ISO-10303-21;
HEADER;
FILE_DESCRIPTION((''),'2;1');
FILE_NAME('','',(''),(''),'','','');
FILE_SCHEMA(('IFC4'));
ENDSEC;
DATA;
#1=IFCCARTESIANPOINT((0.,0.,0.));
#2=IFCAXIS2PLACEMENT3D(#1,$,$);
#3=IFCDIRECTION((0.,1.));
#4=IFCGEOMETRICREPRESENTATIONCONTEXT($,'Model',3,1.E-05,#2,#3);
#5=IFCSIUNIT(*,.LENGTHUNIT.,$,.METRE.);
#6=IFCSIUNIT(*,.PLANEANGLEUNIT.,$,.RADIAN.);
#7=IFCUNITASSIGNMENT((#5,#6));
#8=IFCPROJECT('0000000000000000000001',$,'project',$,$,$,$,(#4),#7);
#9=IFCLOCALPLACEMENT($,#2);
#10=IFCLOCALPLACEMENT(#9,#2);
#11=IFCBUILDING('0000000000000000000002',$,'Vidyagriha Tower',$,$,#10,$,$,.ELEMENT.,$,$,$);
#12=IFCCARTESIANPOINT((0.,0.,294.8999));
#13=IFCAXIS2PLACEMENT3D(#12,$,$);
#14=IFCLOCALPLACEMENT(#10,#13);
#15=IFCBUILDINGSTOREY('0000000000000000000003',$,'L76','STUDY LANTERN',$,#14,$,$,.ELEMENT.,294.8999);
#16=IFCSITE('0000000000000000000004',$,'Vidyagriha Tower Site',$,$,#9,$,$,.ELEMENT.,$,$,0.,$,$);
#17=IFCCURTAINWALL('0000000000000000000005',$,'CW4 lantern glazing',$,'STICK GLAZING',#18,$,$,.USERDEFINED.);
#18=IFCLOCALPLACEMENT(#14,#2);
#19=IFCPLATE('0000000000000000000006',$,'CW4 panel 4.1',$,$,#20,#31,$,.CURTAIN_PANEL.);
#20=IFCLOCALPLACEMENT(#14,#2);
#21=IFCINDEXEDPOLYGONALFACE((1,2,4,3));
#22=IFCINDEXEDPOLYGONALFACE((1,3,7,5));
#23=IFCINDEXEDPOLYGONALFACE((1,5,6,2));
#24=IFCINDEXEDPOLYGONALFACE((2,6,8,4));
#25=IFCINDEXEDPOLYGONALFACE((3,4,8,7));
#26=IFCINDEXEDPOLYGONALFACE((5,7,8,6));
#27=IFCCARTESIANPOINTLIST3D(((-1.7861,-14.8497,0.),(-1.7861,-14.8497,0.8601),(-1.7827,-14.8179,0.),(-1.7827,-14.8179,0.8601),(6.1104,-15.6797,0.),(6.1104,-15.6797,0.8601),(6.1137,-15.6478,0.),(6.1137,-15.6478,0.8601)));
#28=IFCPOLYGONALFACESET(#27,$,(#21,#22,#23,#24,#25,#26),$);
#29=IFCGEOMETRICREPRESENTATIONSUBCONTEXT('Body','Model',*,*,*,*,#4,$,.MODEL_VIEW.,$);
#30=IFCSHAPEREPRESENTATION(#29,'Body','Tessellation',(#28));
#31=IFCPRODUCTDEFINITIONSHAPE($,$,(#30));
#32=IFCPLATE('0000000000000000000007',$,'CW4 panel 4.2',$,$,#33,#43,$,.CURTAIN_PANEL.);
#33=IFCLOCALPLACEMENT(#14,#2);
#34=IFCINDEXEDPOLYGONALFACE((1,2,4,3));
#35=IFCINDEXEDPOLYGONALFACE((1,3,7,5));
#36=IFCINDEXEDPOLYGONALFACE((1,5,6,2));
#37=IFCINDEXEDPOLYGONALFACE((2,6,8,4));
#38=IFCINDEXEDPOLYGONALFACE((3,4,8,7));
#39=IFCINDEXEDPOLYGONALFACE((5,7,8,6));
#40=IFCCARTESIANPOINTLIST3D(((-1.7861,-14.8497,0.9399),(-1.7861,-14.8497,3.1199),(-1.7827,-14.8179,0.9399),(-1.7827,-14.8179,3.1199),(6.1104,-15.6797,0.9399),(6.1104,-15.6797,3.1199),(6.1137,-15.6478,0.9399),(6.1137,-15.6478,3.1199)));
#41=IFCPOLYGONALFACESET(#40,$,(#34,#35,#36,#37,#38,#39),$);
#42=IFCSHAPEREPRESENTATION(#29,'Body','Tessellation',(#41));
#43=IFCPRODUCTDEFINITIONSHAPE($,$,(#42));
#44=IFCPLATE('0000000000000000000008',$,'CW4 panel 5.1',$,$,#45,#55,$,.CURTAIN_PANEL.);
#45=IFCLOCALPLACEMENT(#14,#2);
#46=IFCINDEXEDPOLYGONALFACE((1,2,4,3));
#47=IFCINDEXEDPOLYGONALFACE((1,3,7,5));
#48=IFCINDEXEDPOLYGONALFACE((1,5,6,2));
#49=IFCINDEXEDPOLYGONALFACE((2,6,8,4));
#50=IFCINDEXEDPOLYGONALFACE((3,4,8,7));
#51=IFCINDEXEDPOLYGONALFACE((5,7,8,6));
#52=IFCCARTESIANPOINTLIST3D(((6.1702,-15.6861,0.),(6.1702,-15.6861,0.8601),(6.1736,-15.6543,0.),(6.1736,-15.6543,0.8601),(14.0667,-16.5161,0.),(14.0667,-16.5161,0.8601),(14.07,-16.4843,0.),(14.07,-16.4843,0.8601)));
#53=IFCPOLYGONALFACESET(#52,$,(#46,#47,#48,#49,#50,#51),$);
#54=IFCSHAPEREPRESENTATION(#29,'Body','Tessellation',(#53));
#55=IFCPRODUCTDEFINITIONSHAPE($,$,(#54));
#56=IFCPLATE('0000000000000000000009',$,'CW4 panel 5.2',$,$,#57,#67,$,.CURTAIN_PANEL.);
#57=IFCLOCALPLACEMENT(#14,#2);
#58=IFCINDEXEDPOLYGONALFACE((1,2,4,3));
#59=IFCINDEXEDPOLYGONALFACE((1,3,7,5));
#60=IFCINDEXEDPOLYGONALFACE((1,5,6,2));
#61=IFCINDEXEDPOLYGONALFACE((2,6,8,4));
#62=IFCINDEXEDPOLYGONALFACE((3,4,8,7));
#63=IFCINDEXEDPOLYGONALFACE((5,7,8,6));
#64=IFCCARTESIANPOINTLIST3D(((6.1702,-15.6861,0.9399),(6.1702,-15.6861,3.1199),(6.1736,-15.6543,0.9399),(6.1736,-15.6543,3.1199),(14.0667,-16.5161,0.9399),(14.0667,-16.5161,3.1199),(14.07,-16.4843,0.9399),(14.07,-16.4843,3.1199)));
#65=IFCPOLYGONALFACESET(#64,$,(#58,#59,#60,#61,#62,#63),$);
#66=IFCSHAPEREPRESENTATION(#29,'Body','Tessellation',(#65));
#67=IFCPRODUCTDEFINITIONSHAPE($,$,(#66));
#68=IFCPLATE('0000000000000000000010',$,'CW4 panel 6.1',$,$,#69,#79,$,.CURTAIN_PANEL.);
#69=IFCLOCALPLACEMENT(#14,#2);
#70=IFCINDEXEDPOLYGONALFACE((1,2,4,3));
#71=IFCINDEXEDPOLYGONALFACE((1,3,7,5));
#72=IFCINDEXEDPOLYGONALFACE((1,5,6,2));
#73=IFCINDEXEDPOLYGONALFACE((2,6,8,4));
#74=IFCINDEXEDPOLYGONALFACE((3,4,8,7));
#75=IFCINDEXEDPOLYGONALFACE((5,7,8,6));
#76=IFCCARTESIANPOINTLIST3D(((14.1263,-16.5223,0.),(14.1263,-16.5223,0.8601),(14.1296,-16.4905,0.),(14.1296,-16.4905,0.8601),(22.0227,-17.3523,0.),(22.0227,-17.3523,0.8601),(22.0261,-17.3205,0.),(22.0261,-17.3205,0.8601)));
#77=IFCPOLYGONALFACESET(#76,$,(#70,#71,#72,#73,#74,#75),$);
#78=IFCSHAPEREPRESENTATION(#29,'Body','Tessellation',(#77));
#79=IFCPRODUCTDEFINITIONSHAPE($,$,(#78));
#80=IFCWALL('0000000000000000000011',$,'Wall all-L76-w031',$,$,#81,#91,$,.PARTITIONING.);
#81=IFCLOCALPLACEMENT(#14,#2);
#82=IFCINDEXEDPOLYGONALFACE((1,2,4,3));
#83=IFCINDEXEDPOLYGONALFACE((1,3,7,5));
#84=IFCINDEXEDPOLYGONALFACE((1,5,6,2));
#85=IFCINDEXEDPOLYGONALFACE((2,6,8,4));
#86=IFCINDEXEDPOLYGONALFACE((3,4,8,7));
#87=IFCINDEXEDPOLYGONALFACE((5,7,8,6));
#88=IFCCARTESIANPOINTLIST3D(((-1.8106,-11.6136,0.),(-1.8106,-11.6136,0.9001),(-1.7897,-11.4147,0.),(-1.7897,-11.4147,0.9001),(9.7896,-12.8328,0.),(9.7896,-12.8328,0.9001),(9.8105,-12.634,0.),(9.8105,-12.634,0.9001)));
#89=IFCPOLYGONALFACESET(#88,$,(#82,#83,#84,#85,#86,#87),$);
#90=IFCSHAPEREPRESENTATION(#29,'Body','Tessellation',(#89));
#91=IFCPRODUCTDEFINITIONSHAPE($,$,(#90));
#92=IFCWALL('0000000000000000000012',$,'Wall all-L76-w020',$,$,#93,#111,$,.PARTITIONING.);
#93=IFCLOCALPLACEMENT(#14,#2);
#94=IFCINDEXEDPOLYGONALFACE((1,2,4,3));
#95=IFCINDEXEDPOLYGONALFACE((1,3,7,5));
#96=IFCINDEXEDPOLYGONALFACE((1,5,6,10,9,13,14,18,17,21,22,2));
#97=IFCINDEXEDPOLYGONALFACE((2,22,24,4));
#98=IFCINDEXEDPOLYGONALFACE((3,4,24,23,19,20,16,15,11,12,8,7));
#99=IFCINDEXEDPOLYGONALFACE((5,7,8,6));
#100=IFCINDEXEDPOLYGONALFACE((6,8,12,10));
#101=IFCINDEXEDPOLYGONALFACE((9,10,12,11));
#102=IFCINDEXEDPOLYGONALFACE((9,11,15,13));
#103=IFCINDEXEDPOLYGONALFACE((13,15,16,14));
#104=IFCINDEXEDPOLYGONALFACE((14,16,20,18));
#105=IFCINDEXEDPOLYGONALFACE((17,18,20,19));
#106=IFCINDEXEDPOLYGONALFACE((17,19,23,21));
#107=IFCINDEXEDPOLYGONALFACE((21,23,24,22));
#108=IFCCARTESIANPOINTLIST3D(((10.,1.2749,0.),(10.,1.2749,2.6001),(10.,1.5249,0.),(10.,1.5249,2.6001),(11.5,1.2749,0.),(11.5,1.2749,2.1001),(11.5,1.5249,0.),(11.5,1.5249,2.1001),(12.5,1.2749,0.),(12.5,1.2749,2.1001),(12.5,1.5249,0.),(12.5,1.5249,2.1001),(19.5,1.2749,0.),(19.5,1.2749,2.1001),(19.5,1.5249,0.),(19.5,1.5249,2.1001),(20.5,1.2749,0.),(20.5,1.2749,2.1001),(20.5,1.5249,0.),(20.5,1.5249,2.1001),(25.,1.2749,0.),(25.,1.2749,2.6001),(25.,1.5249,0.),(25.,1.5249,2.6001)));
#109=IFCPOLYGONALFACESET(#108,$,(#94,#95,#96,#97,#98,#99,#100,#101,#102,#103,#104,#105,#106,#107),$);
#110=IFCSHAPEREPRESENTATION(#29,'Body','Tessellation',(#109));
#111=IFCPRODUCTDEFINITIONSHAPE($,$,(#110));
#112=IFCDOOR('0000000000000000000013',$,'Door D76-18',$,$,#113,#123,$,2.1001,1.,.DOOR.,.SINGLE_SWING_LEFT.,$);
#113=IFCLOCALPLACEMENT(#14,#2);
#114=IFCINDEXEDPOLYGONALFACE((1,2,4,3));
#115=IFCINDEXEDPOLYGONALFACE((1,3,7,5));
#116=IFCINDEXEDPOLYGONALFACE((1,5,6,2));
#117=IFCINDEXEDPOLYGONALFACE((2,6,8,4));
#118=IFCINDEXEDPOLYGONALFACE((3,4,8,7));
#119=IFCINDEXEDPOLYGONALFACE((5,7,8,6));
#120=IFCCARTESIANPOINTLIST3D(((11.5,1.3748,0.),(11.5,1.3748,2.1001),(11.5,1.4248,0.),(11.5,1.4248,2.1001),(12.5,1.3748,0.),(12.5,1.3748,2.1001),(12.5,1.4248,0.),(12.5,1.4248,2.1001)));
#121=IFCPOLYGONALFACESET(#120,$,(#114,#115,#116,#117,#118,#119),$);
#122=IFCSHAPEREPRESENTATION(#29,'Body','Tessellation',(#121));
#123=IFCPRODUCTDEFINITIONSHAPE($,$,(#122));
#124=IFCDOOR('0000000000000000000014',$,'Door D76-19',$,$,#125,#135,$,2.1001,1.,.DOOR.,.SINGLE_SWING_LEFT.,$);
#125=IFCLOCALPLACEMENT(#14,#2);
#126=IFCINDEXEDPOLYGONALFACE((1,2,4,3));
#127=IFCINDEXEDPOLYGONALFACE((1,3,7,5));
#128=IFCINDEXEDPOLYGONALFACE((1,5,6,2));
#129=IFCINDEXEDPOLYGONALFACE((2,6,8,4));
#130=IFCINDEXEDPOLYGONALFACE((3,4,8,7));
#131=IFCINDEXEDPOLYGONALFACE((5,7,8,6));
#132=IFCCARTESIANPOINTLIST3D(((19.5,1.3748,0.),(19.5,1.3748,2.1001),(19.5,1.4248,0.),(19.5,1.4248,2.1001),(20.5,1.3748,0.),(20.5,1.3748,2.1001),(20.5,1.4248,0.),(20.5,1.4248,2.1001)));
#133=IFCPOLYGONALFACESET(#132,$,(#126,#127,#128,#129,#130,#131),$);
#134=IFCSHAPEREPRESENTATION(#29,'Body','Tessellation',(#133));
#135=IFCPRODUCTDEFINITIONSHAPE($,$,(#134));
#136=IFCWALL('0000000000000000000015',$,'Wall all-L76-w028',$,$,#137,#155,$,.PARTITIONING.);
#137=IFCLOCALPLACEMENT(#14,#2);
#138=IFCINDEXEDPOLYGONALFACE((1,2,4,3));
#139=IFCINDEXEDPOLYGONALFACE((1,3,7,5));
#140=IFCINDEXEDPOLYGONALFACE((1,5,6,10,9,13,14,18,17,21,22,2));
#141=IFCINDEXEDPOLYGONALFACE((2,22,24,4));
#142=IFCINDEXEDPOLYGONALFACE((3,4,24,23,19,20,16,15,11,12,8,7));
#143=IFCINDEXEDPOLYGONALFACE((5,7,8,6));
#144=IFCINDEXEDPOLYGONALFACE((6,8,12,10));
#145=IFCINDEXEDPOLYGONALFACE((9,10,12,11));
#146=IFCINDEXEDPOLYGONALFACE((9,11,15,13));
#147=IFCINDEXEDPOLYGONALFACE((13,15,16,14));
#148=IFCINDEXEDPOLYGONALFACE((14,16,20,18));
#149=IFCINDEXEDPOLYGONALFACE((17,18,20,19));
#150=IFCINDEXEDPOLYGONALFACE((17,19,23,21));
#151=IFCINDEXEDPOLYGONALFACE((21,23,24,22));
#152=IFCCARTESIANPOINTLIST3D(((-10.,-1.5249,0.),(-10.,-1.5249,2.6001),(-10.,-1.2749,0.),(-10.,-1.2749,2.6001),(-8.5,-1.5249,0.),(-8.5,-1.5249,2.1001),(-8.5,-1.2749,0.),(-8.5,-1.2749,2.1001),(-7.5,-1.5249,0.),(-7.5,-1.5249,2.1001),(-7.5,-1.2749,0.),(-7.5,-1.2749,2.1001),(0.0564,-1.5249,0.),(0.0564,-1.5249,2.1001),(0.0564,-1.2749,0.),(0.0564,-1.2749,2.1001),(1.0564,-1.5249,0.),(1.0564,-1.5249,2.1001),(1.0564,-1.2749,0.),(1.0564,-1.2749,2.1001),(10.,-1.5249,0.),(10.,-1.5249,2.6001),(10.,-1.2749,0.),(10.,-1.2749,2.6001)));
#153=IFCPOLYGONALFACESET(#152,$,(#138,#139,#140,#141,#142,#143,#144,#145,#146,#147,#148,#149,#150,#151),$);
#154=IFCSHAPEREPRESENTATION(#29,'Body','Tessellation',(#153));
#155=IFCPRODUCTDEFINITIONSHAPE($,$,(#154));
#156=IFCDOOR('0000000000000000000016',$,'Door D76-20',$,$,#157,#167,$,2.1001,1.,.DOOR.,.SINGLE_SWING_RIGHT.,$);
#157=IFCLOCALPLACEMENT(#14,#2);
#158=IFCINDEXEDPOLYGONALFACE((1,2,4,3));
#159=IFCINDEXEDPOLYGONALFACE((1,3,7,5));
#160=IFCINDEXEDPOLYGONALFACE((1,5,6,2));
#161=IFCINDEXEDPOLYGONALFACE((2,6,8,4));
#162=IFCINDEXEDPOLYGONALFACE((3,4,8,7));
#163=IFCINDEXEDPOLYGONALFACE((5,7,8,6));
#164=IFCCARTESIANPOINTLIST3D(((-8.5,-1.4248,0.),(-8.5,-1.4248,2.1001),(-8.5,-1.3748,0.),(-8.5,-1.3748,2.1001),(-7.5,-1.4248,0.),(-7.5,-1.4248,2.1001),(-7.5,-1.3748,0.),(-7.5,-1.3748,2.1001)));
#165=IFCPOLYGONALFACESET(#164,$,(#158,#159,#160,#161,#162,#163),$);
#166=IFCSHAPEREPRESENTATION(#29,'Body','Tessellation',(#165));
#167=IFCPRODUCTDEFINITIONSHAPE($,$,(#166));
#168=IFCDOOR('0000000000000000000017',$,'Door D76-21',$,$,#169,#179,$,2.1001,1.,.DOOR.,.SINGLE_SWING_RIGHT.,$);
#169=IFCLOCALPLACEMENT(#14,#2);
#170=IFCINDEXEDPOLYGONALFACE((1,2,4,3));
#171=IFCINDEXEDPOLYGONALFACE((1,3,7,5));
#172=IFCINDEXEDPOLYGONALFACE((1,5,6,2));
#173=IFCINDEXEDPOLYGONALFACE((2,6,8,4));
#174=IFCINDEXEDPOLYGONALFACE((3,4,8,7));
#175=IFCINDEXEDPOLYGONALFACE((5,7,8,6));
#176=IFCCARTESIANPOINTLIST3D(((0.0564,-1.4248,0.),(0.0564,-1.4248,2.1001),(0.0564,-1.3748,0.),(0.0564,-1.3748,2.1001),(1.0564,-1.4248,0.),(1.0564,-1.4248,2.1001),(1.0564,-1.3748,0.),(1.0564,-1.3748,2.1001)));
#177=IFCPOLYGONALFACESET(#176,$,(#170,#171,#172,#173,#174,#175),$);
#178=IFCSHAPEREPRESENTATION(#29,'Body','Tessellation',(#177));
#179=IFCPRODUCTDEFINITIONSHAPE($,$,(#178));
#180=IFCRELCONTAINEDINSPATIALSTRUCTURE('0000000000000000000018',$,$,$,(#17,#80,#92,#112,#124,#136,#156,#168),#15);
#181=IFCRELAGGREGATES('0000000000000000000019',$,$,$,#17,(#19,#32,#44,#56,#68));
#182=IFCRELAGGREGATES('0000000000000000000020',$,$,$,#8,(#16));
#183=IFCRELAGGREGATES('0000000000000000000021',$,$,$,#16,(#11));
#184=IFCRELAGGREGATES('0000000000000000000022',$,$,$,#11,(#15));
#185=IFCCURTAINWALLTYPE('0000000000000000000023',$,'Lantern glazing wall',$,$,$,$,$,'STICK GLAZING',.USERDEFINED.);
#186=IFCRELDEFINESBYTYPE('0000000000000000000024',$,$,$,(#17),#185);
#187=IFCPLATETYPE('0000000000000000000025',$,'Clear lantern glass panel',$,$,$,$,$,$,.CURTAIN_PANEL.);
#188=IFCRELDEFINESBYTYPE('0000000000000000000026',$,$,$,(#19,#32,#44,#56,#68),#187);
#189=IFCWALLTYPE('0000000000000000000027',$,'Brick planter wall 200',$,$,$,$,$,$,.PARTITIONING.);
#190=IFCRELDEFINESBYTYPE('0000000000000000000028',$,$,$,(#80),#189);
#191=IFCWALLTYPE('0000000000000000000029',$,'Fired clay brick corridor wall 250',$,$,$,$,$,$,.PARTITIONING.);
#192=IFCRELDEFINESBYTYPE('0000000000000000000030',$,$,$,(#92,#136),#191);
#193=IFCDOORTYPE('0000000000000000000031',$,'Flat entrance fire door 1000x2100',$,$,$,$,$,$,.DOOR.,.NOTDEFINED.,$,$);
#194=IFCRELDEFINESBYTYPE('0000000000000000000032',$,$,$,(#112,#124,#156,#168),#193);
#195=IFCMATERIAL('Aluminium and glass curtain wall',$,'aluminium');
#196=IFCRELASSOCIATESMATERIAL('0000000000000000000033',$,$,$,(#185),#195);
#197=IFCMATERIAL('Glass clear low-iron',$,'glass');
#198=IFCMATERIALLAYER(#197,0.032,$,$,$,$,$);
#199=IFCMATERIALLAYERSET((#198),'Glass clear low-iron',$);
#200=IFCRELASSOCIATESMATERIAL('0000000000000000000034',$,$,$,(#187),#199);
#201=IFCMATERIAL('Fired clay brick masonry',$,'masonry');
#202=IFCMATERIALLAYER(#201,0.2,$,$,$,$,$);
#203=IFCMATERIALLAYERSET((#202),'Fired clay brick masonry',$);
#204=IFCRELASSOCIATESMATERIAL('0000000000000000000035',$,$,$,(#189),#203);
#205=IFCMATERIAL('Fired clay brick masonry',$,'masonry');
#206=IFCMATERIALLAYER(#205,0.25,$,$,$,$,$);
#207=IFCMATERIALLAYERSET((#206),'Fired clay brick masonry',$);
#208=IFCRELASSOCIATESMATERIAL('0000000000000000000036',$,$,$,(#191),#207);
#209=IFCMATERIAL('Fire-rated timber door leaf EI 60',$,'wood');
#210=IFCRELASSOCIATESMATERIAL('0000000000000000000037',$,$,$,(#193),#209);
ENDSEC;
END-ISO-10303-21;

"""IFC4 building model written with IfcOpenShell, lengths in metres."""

from ifc_helpers import new_model, si_unit, direction, frame, frame_2d, origin, origin_2d, place, context, subcontext, project, spatial, rectangle, extrude, material, layer, layer_set, type_object, element, fill, aggregate, save


model = new_model("IFC4")

# Units and contexts
model_context = context("Model", 3, precision=1e-05, world=origin(), true_north=direction((0.0, 1.0)))
body_context = subcontext(model_context, "Body", "Model", "MODEL_VIEW")
ifc_project = project(units=[si_unit("LENGTHUNIT", "METRE"), si_unit("PLANEANGLEUNIT", "RADIAN")], contexts=[model_context])

# Site, building, storey
site_placement = place(None, origin())
site = spatial("IfcSite", under=ifc_project, at=site_placement, Name="Vidyagriha Tower Site", CompositionType="ELEMENT", RefElevation=0.0)
building_placement = place(site_placement, origin())
building = spatial("IfcBuilding", under=site, at=building_placement, Name="Vidyagriha Tower", CompositionType="ELEMENT")
storey_placement = place(building_placement, frame((0.0, 0.0, 294.8999)))
storey = spatial("IfcBuildingStorey", under=building, at=storey_placement, Name="L76", Description="STUDY LANTERN", CompositionType="ELEMENT", Elevation=294.8999)

# Curtain wall, plates
ifc_material_1 = material(Name="Aluminium and glass curtain wall", Category="aluminium")
curtain_wall_type = type_object("IfcCurtainWallType", Name="Lantern glazing wall", ElementType="STICK GLAZING", PredefinedType="USERDEFINED", material=ifc_material_1)
curtain_wall_placement = place(storey_placement, origin())
curtain_wall = element("IfcCurtainWall", 1, at=curtain_wall_placement, inside=storey, type_object=curtain_wall_type, Name="CW4 lantern glazing", ObjectType="STICK GLAZING", PredefinedType="USERDEFINED")
ifc_material_2 = material(Name="Glass clear low-iron", Category="glass")
ifc_layer_1 = layer(ifc_material_2, 0.032)
ifc_layer_set_1 = layer_set([ifc_layer_1], Name="Glass clear low-iron")
plate_type = type_object("IfcPlateType", Name="Clear lantern glass panel", PredefinedType="CURTAIN_PANEL", material=ifc_layer_set_1)
plate_1_placement = place(storey_placement, frame((2.1638, -15.2488, 0.0), z_axis=(0.0, 0.0, 1.0), x_axis=(0.994522, -0.104528, 0.0)))
plate_1 = element("IfcPlate", 2, at=plate_1_placement, type_object=plate_type, Name="CW4 panel 4.1", PredefinedType="CURTAIN_PANEL", context=body_context, shape_type="SweptSolid", body=[
    extrude(rectangle(XDim=7.9399, YDim=0.032, at=origin_2d()), origin(), (0.0, 0.0, 1.0), 0.8601),
])
plate_2_placement = place(storey_placement, frame((2.1638, -15.2488, 0.9399), z_axis=(0.0, 0.0, 1.0), x_axis=(0.994522, -0.104528, 0.0)))
plate_2 = element("IfcPlate", 3, at=plate_2_placement, type_object=plate_type, Name="CW4 panel 4.2", PredefinedType="CURTAIN_PANEL", context=body_context, shape_type="SweptSolid", body=[
    extrude(rectangle(XDim=7.9399, YDim=0.032, at=origin_2d()), origin(), (0.0, 0.0, 1.0), 2.1799),
])
plate_3_placement = place(storey_placement, frame((10.1201, -16.0852, 0.0), z_axis=(0.0, 0.0, 1.0), x_axis=(0.994522, -0.104528, 0.0)))
plate_3 = element("IfcPlate", 4, at=plate_3_placement, type_object=plate_type, Name="CW4 panel 5.1", PredefinedType="CURTAIN_PANEL", context=body_context, shape_type="SweptSolid", body=[
    extrude(rectangle(XDim=7.9399, YDim=0.032, at=origin_2d()), origin(), (0.0, 0.0, 1.0), 0.8601),
])
plate_4_placement = place(storey_placement, frame((10.1201, -16.0852, 0.9399), z_axis=(0.0, 0.0, 1.0), x_axis=(0.994522, -0.104528, 0.0)))
plate_4 = element("IfcPlate", 5, at=plate_4_placement, type_object=plate_type, Name="CW4 panel 5.2", PredefinedType="CURTAIN_PANEL", context=body_context, shape_type="SweptSolid", body=[
    extrude(rectangle(XDim=7.9399, YDim=0.032, at=origin_2d()), origin(), (0.0, 0.0, 1.0), 2.1799),
])
plate_5_placement = place(storey_placement, frame((18.0762, -16.9214, 0.0), z_axis=(0.0, 0.0, 1.0), x_axis=(0.994522, -0.104528, 0.0)))
plate_5 = element("IfcPlate", 6, at=plate_5_placement, type_object=plate_type, Name="CW4 panel 6.1", PredefinedType="CURTAIN_PANEL", context=body_context, shape_type="SweptSolid", body=[
    extrude(rectangle(XDim=7.9399, YDim=0.032, at=origin_2d()), origin(), (0.0, 0.0, 1.0), 0.8601),
])
aggregate(curtain_wall, [plate_1, plate_2, plate_3, plate_4, plate_5])

# Wall
ifc_material_3 = material(Name="Fired clay brick masonry", Category="masonry")
ifc_layer_2 = layer(ifc_material_3, 0.2)
ifc_layer_set_2 = layer_set([ifc_layer_2], Name="Fired clay brick masonry")
wall_type_1 = type_object("IfcWallType", Name="Brick planter wall 200", PredefinedType="PARTITIONING", material=ifc_layer_set_2)
wall_1_placement = place(storey_placement, frame((9.8, -12.7334, 0.0), z_axis=(0.0, 0.0, 1.0), x_axis=(-0.994522, 0.10453, 0.0)))
element("IfcWall", 7, at=wall_1_placement, inside=storey, type_object=wall_type_1, Name="Wall all-L76-w031", PredefinedType="PARTITIONING", context=body_context, shape_type="SweptSolid", body=[
    extrude(rectangle(XDim=11.6641, YDim=0.2, at=frame_2d((5.832, 0.0))), origin(), (0.0, 0.0, 1.0), 0.9001),
])

# Walls, openings, doors
ifc_material_4 = material(Name="Fired clay brick masonry", Category="masonry")
ifc_layer_3 = layer(ifc_material_4, 0.25)
ifc_layer_set_3 = layer_set([ifc_layer_3], Name="Fired clay brick masonry")
wall_type_2 = type_object("IfcWallType", Name="Fired clay brick corridor wall 250", PredefinedType="PARTITIONING", material=ifc_layer_set_3)
wall_2_placement = place(storey_placement, frame((10.0, 1.3999, 0.0)))
wall_2 = element("IfcWall", 8, at=wall_2_placement, inside=storey, type_object=wall_type_2, Name="Wall all-L76-w020", PredefinedType="PARTITIONING", context=body_context, shape_type="SweptSolid", body=[
    extrude(rectangle(XDim=15.0, YDim=0.25, at=frame_2d((7.5, 0.0))), origin(), (0.0, 0.0, 1.0), 2.6001),
])
opening_1_placement = place(wall_2_placement, frame((1.5, 0.0, 0.0)))
opening_1 = element("IfcOpeningElement", 9, at=opening_1_placement, cuts=wall_2, PredefinedType="OPENING", context=body_context, shape_type="SweptSolid", body=[
    extrude(rectangle(XDim=1.0, YDim=2.1001, at=frame_2d((0.5, 1.05))), frame((0.0, 0.135, 0.0), z_axis=(0.0, -1.0, 0.0), x_axis=(1.0, 0.0, 0.0)), (0.0, 0.0, 1.0), 0.27),
])
opening_2_placement = place(wall_2_placement, frame((9.5, 0.0, 0.0)))
opening_2 = element("IfcOpeningElement", 10, at=opening_2_placement, cuts=wall_2, PredefinedType="OPENING", context=body_context, shape_type="SweptSolid", body=[
    extrude(rectangle(XDim=1.0, YDim=2.1001, at=frame_2d((0.5, 1.05))), frame((0.0, 0.135, 0.0), z_axis=(0.0, -1.0, 0.0), x_axis=(1.0, 0.0, 0.0)), (0.0, 0.0, 1.0), 0.27),
])
ifc_material_5 = material(Name="Fire-rated timber door leaf EI 60", Category="wood")
door_type = type_object("IfcDoorType", Name="Flat entrance fire door 1000x2100", OperationType="NOTDEFINED", PredefinedType="DOOR", material=ifc_material_5)
door_1_placement = place(opening_1_placement, origin())
door_1 = element("IfcDoor", 11, at=door_1_placement, inside=storey, type_object=door_type, Name="Door D76-18", OperationType="SINGLE_SWING_LEFT", OverallHeight=2.1001, OverallWidth=1.0, PredefinedType="DOOR", context=body_context, shape_type="SweptSolid", body=[
    extrude(rectangle(XDim=1.0, YDim=2.1001, at=frame_2d((0.5, 1.05))), frame((0.0, 0.0249, 0.0), z_axis=(0.0, -1.0, 0.0), x_axis=(1.0, 0.0, 0.0)), (0.0, 0.0, 1.0), 0.05),
])
fill(opening_1, door_1)
door_2_placement = place(opening_2_placement, origin())
door_2 = element("IfcDoor", 12, at=door_2_placement, inside=storey, type_object=door_type, Name="Door D76-19", OperationType="SINGLE_SWING_LEFT", OverallHeight=2.1001, OverallWidth=1.0, PredefinedType="DOOR", context=body_context, shape_type="SweptSolid", body=[
    extrude(rectangle(XDim=1.0, YDim=2.1001, at=frame_2d((0.5, 1.05))), frame((0.0, 0.0249, 0.0), z_axis=(0.0, -1.0, 0.0), x_axis=(1.0, 0.0, 0.0)), (0.0, 0.0, 1.0), 0.05),
])
fill(opening_2, door_2)
wall_3_placement = place(storey_placement, frame((10.0, -1.3999, 0.0), z_axis=(0.0, 0.0, 1.0), x_axis=(-1.0, 0.0, 0.0)))
wall_3 = element("IfcWall", 13, at=wall_3_placement, inside=storey, type_object=wall_type_2, Name="Wall all-L76-w028", PredefinedType="PARTITIONING", context=body_context, shape_type="SweptSolid", body=[
    extrude(rectangle(XDim=20.0, YDim=0.25, at=frame_2d((10.0, 0.0))), origin(), (0.0, 0.0, 1.0), 2.6001),
])
opening_3_placement = place(wall_3_placement, frame((17.5, 0.0, 0.0)))
opening_3 = element("IfcOpeningElement", 14, at=opening_3_placement, cuts=wall_3, PredefinedType="OPENING", context=body_context, shape_type="SweptSolid", body=[
    extrude(rectangle(XDim=1.0, YDim=2.1001, at=frame_2d((0.5, 1.05))), frame((0.0, 0.135, 0.0), z_axis=(0.0, -1.0, 0.0), x_axis=(1.0, 0.0, 0.0)), (0.0, 0.0, 1.0), 0.27),
])
opening_4_placement = place(wall_3_placement, frame((8.9436, 0.0, 0.0)))
opening_4 = element("IfcOpeningElement", 15, at=opening_4_placement, cuts=wall_3, PredefinedType="OPENING", context=body_context, shape_type="SweptSolid", body=[
    extrude(rectangle(XDim=1.0, YDim=2.1001, at=frame_2d((0.5, 1.05))), frame((0.0, 0.135, 0.0), z_axis=(0.0, -1.0, 0.0), x_axis=(1.0, 0.0, 0.0)), (0.0, 0.0, 1.0), 0.27),
])
door_3_placement = place(opening_3_placement, origin())
door_3 = element("IfcDoor", 16, at=door_3_placement, inside=storey, type_object=door_type, Name="Door D76-20", OperationType="SINGLE_SWING_RIGHT", OverallHeight=2.1001, OverallWidth=1.0, PredefinedType="DOOR", context=body_context, shape_type="SweptSolid", body=[
    extrude(rectangle(XDim=1.0, YDim=2.1001, at=frame_2d((0.5, 1.05))), frame((0.0, 0.0249, 0.0), z_axis=(0.0, -1.0, 0.0), x_axis=(1.0, 0.0, 0.0)), (0.0, 0.0, 1.0), 0.05),
])
fill(opening_3, door_3)
door_4_placement = place(opening_4_placement, origin())
door_4 = element("IfcDoor", 17, at=door_4_placement, inside=storey, type_object=door_type, Name="Door D76-21", OperationType="SINGLE_SWING_RIGHT", OverallHeight=2.1001, OverallWidth=1.0, PredefinedType="DOOR", context=body_context, shape_type="SweptSolid", body=[
    extrude(rectangle(XDim=1.0, YDim=2.1001, at=frame_2d((0.5, 1.05))), frame((0.0, 0.0249, 0.0), z_axis=(0.0, -1.0, 0.0), x_axis=(1.0, 0.0, 0.0)), (0.0, 0.0, 1.0), 0.05),
])
fill(opening_4, door_4)

save(model, "model.ifc")
